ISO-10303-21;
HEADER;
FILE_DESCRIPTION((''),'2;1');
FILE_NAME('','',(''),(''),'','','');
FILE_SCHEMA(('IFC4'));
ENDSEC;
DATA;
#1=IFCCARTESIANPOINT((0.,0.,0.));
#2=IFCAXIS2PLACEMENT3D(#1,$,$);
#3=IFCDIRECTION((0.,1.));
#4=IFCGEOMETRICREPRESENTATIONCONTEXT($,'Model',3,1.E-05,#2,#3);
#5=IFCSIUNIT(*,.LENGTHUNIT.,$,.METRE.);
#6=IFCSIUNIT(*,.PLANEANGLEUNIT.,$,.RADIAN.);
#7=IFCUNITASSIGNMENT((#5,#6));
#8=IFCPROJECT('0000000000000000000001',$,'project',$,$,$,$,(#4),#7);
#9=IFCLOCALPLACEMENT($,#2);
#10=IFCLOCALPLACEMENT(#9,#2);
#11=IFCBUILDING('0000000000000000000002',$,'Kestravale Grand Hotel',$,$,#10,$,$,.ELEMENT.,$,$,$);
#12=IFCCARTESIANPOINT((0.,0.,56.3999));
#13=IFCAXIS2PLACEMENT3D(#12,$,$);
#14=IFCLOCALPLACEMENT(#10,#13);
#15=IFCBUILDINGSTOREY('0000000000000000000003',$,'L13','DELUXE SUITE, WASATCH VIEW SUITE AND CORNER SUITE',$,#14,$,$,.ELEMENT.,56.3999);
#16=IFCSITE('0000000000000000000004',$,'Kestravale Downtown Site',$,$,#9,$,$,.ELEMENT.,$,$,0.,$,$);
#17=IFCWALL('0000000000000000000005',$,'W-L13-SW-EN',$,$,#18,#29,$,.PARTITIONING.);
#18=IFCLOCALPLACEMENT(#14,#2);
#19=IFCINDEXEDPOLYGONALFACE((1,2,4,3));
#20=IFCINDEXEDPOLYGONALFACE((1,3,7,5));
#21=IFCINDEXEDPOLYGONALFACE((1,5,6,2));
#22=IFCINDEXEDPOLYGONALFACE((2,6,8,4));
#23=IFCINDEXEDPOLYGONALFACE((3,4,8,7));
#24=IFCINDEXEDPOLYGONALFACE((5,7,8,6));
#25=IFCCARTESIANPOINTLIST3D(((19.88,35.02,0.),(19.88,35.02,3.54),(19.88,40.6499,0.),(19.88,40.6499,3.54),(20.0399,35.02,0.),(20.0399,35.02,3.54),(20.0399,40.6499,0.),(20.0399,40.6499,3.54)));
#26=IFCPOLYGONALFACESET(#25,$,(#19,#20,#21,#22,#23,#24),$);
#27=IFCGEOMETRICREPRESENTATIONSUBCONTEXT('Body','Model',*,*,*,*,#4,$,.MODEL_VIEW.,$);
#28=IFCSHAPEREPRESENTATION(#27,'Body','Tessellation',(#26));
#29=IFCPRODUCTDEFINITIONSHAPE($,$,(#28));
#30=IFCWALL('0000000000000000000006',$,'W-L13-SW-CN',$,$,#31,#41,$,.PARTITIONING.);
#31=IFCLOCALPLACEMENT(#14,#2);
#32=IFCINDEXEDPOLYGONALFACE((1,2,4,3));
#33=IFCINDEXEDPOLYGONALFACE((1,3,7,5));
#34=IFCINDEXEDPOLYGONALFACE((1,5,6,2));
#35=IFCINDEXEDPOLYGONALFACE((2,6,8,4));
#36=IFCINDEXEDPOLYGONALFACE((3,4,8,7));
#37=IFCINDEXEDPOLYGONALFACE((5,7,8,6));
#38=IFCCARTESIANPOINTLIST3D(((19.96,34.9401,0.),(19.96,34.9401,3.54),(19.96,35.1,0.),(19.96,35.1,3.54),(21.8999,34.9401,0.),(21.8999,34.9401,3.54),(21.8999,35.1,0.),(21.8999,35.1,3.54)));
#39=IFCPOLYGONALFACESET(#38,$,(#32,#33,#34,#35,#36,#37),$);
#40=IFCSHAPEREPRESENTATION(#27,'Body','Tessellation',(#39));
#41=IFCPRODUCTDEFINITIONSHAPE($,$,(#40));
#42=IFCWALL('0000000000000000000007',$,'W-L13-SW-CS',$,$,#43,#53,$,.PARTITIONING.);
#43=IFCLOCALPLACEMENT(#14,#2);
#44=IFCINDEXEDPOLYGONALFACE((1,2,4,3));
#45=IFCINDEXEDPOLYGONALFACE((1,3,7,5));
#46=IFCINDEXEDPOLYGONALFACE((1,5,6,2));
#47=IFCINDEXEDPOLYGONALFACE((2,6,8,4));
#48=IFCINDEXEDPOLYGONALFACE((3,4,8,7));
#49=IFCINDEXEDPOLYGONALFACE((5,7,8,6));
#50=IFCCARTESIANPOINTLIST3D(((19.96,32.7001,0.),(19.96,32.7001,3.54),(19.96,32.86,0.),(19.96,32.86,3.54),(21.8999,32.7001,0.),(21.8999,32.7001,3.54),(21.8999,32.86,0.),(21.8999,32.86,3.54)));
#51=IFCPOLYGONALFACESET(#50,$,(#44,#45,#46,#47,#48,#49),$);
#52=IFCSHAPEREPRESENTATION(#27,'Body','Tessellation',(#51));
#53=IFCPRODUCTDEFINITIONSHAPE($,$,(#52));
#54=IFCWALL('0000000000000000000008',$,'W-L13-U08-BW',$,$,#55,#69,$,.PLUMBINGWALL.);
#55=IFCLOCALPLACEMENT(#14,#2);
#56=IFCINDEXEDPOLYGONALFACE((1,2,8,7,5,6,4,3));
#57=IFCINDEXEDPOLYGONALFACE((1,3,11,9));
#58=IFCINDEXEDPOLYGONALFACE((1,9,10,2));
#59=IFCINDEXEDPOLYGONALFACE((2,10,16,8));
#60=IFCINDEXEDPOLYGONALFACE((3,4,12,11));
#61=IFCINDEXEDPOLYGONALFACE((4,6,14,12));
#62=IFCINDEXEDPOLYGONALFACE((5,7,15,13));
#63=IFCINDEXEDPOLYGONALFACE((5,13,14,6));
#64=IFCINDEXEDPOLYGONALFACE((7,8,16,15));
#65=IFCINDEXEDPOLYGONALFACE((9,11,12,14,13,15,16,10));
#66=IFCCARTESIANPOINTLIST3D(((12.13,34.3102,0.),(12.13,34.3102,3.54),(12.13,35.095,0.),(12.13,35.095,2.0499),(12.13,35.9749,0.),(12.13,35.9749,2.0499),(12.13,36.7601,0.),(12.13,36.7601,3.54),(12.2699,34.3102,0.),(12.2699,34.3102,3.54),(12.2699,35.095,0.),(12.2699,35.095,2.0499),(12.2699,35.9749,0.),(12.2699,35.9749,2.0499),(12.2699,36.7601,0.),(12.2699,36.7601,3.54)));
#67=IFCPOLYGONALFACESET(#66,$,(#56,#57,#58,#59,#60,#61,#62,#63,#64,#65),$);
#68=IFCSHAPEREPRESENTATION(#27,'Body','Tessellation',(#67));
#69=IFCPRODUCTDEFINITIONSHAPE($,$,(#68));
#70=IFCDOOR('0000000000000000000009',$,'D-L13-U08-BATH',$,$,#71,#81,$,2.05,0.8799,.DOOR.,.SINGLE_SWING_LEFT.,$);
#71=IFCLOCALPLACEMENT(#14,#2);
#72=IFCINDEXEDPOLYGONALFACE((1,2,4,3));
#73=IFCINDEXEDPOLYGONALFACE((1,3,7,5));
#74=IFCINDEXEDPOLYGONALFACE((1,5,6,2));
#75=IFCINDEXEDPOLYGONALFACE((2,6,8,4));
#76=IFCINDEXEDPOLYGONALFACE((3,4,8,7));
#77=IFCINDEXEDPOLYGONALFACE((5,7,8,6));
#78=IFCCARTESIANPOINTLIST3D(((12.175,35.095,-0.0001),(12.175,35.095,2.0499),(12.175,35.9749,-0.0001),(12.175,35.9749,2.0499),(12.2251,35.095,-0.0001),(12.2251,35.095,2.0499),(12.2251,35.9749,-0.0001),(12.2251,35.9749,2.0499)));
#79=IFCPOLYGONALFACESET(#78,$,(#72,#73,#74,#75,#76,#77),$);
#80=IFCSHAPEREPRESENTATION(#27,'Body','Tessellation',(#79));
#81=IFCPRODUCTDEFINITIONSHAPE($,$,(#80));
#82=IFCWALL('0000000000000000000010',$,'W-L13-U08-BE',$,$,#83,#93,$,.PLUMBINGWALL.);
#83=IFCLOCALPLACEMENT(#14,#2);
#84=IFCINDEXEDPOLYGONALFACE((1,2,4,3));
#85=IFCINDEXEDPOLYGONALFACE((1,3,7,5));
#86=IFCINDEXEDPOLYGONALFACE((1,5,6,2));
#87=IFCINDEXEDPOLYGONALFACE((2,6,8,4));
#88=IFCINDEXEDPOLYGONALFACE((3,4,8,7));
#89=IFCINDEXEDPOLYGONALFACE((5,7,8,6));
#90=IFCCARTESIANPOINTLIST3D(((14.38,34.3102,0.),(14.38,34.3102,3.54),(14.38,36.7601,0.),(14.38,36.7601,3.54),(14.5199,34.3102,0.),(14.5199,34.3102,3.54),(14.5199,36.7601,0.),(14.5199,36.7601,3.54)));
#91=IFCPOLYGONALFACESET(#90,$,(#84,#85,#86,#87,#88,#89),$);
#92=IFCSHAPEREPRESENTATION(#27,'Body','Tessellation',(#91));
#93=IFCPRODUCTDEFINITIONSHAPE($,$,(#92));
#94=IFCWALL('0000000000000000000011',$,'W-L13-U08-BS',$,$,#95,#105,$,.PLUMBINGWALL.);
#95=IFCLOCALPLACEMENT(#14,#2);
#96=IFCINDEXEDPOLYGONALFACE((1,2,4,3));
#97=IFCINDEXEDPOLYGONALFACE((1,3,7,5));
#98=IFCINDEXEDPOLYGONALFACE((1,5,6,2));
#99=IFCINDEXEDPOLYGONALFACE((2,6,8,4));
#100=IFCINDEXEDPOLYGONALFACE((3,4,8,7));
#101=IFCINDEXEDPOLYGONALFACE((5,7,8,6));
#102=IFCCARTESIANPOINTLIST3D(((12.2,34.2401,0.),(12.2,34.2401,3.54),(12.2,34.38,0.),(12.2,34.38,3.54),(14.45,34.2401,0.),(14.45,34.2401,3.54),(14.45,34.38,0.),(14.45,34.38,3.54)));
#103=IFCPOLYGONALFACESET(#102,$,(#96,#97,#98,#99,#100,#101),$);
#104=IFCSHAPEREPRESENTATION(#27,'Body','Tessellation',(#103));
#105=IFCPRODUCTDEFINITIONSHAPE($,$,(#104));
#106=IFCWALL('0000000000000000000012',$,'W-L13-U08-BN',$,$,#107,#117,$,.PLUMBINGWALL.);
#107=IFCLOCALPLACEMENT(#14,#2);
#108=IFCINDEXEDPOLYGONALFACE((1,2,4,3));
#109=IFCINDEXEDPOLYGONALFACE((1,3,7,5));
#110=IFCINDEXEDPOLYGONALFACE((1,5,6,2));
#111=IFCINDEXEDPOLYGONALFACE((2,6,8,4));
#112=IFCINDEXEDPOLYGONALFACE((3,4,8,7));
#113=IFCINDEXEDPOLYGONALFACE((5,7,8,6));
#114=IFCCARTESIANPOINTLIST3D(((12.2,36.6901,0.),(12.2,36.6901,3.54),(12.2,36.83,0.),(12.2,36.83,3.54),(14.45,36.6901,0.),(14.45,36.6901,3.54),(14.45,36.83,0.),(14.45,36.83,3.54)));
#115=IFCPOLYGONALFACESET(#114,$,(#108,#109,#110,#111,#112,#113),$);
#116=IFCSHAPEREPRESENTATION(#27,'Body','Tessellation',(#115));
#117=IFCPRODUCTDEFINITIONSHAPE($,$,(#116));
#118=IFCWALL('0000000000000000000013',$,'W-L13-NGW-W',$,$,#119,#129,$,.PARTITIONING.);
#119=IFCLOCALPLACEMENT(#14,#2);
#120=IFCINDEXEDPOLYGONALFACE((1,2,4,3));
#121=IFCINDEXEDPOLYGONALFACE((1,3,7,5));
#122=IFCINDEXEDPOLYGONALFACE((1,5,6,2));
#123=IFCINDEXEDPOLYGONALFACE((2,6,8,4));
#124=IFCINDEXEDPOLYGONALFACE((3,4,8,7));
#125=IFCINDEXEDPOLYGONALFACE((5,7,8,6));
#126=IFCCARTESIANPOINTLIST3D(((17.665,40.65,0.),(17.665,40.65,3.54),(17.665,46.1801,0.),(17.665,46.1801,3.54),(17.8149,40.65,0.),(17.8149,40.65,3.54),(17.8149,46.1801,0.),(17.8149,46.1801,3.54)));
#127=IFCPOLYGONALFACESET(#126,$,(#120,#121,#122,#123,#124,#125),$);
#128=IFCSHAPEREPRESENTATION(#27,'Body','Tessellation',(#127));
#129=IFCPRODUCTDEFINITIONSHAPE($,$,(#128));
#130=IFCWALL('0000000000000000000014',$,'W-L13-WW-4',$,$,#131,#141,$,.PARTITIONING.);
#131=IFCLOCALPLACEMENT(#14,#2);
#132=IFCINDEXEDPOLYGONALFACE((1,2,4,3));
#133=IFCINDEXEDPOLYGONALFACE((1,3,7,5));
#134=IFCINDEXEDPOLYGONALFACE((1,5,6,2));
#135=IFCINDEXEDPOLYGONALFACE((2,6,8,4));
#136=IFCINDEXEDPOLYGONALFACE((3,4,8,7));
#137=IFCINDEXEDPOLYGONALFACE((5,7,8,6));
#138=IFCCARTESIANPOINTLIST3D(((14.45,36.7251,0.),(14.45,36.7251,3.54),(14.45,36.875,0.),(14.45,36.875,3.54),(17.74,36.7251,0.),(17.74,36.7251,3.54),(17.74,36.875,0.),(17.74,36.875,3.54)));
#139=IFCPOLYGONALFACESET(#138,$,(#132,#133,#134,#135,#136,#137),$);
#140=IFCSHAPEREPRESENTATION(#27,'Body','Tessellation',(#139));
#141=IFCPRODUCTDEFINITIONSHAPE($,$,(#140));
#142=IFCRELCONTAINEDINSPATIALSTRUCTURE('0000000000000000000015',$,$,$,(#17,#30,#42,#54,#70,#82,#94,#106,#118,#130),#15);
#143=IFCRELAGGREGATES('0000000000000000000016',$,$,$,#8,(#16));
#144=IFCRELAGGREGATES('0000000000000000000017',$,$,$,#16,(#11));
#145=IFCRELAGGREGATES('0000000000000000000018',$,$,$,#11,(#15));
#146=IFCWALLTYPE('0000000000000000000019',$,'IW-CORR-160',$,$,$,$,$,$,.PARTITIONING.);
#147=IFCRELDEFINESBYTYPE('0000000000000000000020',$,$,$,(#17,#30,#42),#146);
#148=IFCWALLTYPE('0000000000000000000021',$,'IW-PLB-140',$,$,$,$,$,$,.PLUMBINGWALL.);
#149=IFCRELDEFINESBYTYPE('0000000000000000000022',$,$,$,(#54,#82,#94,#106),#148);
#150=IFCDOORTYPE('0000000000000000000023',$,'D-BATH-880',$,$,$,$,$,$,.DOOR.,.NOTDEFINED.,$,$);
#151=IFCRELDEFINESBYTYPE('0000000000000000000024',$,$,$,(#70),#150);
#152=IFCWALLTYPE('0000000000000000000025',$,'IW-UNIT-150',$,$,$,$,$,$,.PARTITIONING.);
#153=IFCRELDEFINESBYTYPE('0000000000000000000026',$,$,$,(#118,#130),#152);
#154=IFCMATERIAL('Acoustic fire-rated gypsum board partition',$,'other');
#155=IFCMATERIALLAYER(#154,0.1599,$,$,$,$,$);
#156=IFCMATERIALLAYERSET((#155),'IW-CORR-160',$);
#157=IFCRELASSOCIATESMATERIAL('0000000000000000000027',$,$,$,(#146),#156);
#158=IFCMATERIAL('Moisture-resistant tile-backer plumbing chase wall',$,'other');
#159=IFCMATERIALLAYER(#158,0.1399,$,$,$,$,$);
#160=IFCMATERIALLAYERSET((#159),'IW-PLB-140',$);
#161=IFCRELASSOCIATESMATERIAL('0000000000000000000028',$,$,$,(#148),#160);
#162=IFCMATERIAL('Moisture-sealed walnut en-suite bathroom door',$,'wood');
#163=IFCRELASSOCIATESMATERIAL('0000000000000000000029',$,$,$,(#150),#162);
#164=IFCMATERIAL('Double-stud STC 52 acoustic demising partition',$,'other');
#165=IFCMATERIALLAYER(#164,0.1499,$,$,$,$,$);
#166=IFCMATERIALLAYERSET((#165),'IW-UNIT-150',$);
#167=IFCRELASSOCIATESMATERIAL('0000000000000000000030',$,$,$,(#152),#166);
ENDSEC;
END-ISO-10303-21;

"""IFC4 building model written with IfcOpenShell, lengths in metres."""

from ifc_helpers import new_model, si_unit, direction, frame, frame_2d, origin, place, context, subcontext, project, spatial, rectangle, extrude, material, layer, layer_set, type_object, element, fill, save


model = new_model("IFC4")

# Units and contexts
model_context = context("Model", 3, precision=1e-05, world=origin(), true_north=direction((0.0, 1.0)))
body_context = subcontext(model_context, "Body", "Model", "MODEL_VIEW")
ifc_project = project(units=[si_unit("LENGTHUNIT", "METRE"), si_unit("PLANEANGLEUNIT", "RADIAN")], contexts=[model_context])

# Site, building, storey
site_placement = place(None, origin())
site = spatial("IfcSite", under=ifc_project, at=site_placement, Name="Kestravale Downtown Site", CompositionType="ELEMENT", RefElevation=0.0)
building_placement = place(site_placement, origin())
building = spatial("IfcBuilding", under=site, at=building_placement, Name="Kestravale Grand Hotel", CompositionType="ELEMENT")
storey_placement = place(building_placement, frame((0.0, 0.0, 56.3999)))
storey = spatial("IfcBuildingStorey", under=building, at=storey_placement, Name="L13", Description="DELUXE SUITE, WASATCH VIEW SUITE AND CORNER SUITE", CompositionType="ELEMENT", Elevation=56.3999)

# Walls
ifc_material_1 = material(Name="Acoustic fire-rated gypsum board partition", Category="other")
ifc_layer_1 = layer(ifc_material_1, 0.1599)
ifc_layer_set_1 = layer_set([ifc_layer_1], Name="IW-CORR-160")
wall_type_1 = type_object("IfcWallType", Name="IW-CORR-160", PredefinedType="PARTITIONING", material=ifc_layer_set_1)
wall_1_placement = place(storey_placement, frame((19.96, 35.02, 0.0), z_axis=(0.0, 0.0, 1.0), x_axis=(0.0, 1.0, 0.0)))
element("IfcWall", 1, at=wall_1_placement, inside=storey, type_object=wall_type_1, Name="W-L13-SW-EN", PredefinedType="PARTITIONING", context=body_context, shape_type="SweptSolid", body=[
    extrude(rectangle(XDim=5.6299, YDim=0.1599, at=frame_2d((2.8149, 0.0))), origin(), (0.0, 0.0, 1.0), 3.54),
])
for number, where, z_axis, x_axis, name in (
    (2, (19.96, 35.02, 0.0), (0.0, 0.0, 1.0), (1.0, 0.0, 0.0), "W-L13-SW-CN"),
    (3, (19.96, 32.78, 0.0), (0.0, 0.0, 1.0), (1.0, 0.0, 0.0), "W-L13-SW-CS"),
):
    element("IfcWall", number, at=place(storey_placement, frame(where, z_axis=z_axis, x_axis=x_axis)), inside=storey, type_object=wall_type_1, Name=name, PredefinedType="PARTITIONING", context=body_context, shape_type="SweptSolid", body=[
        extrude(rectangle(XDim=1.9399, YDim=0.1599, at=frame_2d((0.97, 0.0))), origin(), (0.0, 0.0, 1.0), 3.54),
    ])

# Wall, opening, door
ifc_material_2 = material(Name="Moisture-resistant tile-backer plumbing chase wall", Category="other")
ifc_layer_2 = layer(ifc_material_2, 0.1399)
ifc_layer_set_2 = layer_set([ifc_layer_2], Name="IW-PLB-140")
wall_type_2 = type_object("IfcWallType", Name="IW-PLB-140", PredefinedType="PLUMBINGWALL", material=ifc_layer_set_2)
wall_2_placement = place(storey_placement, frame((12.2, 34.3101, 0.0), z_axis=(0.0, 0.0, 1.0), x_axis=(0.0, 1.0, 0.0)))
wall_2 = element("IfcWall", 4, at=wall_2_placement, inside=storey, type_object=wall_type_2, Name="W-L13-U08-BW", PredefinedType="PLUMBINGWALL", context=body_context, shape_type="SweptSolid", body=[
    extrude(rectangle(XDim=2.45, YDim=0.1399, at=frame_2d((1.2251, 0.0))), origin(), (0.0, 0.0, 1.0), 3.54),
])
opening_1_placement = place(wall_2_placement, frame((0.7849, 0.0, 0.0)))
opening_1 = element("IfcOpeningElement", 5, at=opening_1_placement, cuts=wall_2, PredefinedType="OPENING", context=body_context, shape_type="SweptSolid", body=[
    extrude(rectangle(XDim=0.8799, YDim=2.05, at=frame_2d((0.4399, 1.0249))), frame((0.0, 0.0798, 0.0), z_axis=(0.0, -1.0, 0.0), x_axis=(1.0, 0.0, 0.0)), (0.0, 0.0, 1.0), 0.1599),
])
ifc_material_3 = material(Name="Moisture-sealed walnut en-suite bathroom door", Category="wood")
door_type_1 = type_object("IfcDoorType", Name="D-BATH-880", OperationType="NOTDEFINED", PredefinedType="DOOR", material=ifc_material_3)
door_1_placement = place(opening_1_placement, origin())
door_1 = element("IfcDoor", 6, at=door_1_placement, inside=storey, type_object=door_type_1, Name="D-L13-U08-BATH", OperationType="SINGLE_SWING_LEFT", OverallHeight=2.05, OverallWidth=0.8799, PredefinedType="DOOR", context=body_context, shape_type="SweptSolid", body=[
    extrude(rectangle(XDim=0.8799, YDim=2.05, at=frame_2d((0.4399, 1.0249))), frame((0.0, 0.0249, 0.0), z_axis=(0.0, -1.0, 0.0), x_axis=(1.0, 0.0, 0.0)), (0.0, 0.0, 1.0), 0.05),
])
fill(opening_1, door_1)

# Walls
wall_3_placement = place(storey_placement, frame((14.45, 34.3101, 0.0), z_axis=(0.0, 0.0, 1.0), x_axis=(0.0, 1.0, 0.0)))
element("IfcWall", 7, at=wall_3_placement, inside=storey, type_object=wall_type_2, Name="W-L13-U08-BE", PredefinedType="PLUMBINGWALL", context=body_context, shape_type="SweptSolid", body=[
    extrude(rectangle(XDim=2.45, YDim=0.1399, at=frame_2d((1.2251, 0.0))), origin(), (0.0, 0.0, 1.0), 3.54),
])
for number, where, z_axis, x_axis, name in (
    (8, (12.2, 34.3101, 0.0), (0.0, 0.0, 1.0), (1.0, 0.0, 0.0), "W-L13-U08-BS"),
    (9, (12.2, 36.76, 0.0), (0.0, 0.0, 1.0), (1.0, 0.0, 0.0), "W-L13-U08-BN"),
):
    element("IfcWall", number, at=place(storey_placement, frame(where, z_axis=z_axis, x_axis=x_axis)), inside=storey, type_object=wall_type_2, Name=name, PredefinedType="PLUMBINGWALL", context=body_context, shape_type="SweptSolid", body=[
        extrude(rectangle(XDim=2.25, YDim=0.1399, at=frame_2d((1.125, 0.0))), origin(), (0.0, 0.0, 1.0), 3.54),
    ])

# Shared definitions
ifc_material_4 = material(Name="Double-stud STC 52 acoustic demising partition", Category="other")
ifc_layer_3 = layer(ifc_material_4, 0.1499)
ifc_layer_set_3 = layer_set([ifc_layer_3], Name="IW-UNIT-150")
wall_type_3 = type_object("IfcWallType", Name="IW-UNIT-150", PredefinedType="PARTITIONING", material=ifc_layer_set_3)

# Walls
wall_4_placement = place(storey_placement, frame((17.74, 40.6499, 0.0), z_axis=(0.0, 0.0, 1.0), x_axis=(0.0, 1.0, 0.0)))
element("IfcWall", 10, at=wall_4_placement, inside=storey, type_object=wall_type_3, Name="W-L13-NGW-W", PredefinedType="PARTITIONING", context=body_context, shape_type="SweptSolid", body=[
    extrude(rectangle(XDim=5.53, YDim=0.1499, at=frame_2d((2.7651, 0.0))), origin(), (0.0, 0.0, 1.0), 3.54),
])
wall_5_placement = place(storey_placement, frame((14.45, 36.8, 0.0), z_axis=(0.0, 0.0, 1.0), x_axis=(1.0, 0.0, 0.0)))
element("IfcWall", 11, at=wall_5_placement, inside=storey, type_object=wall_type_3, Name="W-L13-WW-4", PredefinedType="PARTITIONING", context=body_context, shape_type="SweptSolid", body=[
    extrude(rectangle(XDim=3.29, YDim=0.1499, at=frame_2d((1.645, 0.0))), origin(), (0.0, 0.0, 1.0), 3.54),
])

save(model, "model.ifc")
